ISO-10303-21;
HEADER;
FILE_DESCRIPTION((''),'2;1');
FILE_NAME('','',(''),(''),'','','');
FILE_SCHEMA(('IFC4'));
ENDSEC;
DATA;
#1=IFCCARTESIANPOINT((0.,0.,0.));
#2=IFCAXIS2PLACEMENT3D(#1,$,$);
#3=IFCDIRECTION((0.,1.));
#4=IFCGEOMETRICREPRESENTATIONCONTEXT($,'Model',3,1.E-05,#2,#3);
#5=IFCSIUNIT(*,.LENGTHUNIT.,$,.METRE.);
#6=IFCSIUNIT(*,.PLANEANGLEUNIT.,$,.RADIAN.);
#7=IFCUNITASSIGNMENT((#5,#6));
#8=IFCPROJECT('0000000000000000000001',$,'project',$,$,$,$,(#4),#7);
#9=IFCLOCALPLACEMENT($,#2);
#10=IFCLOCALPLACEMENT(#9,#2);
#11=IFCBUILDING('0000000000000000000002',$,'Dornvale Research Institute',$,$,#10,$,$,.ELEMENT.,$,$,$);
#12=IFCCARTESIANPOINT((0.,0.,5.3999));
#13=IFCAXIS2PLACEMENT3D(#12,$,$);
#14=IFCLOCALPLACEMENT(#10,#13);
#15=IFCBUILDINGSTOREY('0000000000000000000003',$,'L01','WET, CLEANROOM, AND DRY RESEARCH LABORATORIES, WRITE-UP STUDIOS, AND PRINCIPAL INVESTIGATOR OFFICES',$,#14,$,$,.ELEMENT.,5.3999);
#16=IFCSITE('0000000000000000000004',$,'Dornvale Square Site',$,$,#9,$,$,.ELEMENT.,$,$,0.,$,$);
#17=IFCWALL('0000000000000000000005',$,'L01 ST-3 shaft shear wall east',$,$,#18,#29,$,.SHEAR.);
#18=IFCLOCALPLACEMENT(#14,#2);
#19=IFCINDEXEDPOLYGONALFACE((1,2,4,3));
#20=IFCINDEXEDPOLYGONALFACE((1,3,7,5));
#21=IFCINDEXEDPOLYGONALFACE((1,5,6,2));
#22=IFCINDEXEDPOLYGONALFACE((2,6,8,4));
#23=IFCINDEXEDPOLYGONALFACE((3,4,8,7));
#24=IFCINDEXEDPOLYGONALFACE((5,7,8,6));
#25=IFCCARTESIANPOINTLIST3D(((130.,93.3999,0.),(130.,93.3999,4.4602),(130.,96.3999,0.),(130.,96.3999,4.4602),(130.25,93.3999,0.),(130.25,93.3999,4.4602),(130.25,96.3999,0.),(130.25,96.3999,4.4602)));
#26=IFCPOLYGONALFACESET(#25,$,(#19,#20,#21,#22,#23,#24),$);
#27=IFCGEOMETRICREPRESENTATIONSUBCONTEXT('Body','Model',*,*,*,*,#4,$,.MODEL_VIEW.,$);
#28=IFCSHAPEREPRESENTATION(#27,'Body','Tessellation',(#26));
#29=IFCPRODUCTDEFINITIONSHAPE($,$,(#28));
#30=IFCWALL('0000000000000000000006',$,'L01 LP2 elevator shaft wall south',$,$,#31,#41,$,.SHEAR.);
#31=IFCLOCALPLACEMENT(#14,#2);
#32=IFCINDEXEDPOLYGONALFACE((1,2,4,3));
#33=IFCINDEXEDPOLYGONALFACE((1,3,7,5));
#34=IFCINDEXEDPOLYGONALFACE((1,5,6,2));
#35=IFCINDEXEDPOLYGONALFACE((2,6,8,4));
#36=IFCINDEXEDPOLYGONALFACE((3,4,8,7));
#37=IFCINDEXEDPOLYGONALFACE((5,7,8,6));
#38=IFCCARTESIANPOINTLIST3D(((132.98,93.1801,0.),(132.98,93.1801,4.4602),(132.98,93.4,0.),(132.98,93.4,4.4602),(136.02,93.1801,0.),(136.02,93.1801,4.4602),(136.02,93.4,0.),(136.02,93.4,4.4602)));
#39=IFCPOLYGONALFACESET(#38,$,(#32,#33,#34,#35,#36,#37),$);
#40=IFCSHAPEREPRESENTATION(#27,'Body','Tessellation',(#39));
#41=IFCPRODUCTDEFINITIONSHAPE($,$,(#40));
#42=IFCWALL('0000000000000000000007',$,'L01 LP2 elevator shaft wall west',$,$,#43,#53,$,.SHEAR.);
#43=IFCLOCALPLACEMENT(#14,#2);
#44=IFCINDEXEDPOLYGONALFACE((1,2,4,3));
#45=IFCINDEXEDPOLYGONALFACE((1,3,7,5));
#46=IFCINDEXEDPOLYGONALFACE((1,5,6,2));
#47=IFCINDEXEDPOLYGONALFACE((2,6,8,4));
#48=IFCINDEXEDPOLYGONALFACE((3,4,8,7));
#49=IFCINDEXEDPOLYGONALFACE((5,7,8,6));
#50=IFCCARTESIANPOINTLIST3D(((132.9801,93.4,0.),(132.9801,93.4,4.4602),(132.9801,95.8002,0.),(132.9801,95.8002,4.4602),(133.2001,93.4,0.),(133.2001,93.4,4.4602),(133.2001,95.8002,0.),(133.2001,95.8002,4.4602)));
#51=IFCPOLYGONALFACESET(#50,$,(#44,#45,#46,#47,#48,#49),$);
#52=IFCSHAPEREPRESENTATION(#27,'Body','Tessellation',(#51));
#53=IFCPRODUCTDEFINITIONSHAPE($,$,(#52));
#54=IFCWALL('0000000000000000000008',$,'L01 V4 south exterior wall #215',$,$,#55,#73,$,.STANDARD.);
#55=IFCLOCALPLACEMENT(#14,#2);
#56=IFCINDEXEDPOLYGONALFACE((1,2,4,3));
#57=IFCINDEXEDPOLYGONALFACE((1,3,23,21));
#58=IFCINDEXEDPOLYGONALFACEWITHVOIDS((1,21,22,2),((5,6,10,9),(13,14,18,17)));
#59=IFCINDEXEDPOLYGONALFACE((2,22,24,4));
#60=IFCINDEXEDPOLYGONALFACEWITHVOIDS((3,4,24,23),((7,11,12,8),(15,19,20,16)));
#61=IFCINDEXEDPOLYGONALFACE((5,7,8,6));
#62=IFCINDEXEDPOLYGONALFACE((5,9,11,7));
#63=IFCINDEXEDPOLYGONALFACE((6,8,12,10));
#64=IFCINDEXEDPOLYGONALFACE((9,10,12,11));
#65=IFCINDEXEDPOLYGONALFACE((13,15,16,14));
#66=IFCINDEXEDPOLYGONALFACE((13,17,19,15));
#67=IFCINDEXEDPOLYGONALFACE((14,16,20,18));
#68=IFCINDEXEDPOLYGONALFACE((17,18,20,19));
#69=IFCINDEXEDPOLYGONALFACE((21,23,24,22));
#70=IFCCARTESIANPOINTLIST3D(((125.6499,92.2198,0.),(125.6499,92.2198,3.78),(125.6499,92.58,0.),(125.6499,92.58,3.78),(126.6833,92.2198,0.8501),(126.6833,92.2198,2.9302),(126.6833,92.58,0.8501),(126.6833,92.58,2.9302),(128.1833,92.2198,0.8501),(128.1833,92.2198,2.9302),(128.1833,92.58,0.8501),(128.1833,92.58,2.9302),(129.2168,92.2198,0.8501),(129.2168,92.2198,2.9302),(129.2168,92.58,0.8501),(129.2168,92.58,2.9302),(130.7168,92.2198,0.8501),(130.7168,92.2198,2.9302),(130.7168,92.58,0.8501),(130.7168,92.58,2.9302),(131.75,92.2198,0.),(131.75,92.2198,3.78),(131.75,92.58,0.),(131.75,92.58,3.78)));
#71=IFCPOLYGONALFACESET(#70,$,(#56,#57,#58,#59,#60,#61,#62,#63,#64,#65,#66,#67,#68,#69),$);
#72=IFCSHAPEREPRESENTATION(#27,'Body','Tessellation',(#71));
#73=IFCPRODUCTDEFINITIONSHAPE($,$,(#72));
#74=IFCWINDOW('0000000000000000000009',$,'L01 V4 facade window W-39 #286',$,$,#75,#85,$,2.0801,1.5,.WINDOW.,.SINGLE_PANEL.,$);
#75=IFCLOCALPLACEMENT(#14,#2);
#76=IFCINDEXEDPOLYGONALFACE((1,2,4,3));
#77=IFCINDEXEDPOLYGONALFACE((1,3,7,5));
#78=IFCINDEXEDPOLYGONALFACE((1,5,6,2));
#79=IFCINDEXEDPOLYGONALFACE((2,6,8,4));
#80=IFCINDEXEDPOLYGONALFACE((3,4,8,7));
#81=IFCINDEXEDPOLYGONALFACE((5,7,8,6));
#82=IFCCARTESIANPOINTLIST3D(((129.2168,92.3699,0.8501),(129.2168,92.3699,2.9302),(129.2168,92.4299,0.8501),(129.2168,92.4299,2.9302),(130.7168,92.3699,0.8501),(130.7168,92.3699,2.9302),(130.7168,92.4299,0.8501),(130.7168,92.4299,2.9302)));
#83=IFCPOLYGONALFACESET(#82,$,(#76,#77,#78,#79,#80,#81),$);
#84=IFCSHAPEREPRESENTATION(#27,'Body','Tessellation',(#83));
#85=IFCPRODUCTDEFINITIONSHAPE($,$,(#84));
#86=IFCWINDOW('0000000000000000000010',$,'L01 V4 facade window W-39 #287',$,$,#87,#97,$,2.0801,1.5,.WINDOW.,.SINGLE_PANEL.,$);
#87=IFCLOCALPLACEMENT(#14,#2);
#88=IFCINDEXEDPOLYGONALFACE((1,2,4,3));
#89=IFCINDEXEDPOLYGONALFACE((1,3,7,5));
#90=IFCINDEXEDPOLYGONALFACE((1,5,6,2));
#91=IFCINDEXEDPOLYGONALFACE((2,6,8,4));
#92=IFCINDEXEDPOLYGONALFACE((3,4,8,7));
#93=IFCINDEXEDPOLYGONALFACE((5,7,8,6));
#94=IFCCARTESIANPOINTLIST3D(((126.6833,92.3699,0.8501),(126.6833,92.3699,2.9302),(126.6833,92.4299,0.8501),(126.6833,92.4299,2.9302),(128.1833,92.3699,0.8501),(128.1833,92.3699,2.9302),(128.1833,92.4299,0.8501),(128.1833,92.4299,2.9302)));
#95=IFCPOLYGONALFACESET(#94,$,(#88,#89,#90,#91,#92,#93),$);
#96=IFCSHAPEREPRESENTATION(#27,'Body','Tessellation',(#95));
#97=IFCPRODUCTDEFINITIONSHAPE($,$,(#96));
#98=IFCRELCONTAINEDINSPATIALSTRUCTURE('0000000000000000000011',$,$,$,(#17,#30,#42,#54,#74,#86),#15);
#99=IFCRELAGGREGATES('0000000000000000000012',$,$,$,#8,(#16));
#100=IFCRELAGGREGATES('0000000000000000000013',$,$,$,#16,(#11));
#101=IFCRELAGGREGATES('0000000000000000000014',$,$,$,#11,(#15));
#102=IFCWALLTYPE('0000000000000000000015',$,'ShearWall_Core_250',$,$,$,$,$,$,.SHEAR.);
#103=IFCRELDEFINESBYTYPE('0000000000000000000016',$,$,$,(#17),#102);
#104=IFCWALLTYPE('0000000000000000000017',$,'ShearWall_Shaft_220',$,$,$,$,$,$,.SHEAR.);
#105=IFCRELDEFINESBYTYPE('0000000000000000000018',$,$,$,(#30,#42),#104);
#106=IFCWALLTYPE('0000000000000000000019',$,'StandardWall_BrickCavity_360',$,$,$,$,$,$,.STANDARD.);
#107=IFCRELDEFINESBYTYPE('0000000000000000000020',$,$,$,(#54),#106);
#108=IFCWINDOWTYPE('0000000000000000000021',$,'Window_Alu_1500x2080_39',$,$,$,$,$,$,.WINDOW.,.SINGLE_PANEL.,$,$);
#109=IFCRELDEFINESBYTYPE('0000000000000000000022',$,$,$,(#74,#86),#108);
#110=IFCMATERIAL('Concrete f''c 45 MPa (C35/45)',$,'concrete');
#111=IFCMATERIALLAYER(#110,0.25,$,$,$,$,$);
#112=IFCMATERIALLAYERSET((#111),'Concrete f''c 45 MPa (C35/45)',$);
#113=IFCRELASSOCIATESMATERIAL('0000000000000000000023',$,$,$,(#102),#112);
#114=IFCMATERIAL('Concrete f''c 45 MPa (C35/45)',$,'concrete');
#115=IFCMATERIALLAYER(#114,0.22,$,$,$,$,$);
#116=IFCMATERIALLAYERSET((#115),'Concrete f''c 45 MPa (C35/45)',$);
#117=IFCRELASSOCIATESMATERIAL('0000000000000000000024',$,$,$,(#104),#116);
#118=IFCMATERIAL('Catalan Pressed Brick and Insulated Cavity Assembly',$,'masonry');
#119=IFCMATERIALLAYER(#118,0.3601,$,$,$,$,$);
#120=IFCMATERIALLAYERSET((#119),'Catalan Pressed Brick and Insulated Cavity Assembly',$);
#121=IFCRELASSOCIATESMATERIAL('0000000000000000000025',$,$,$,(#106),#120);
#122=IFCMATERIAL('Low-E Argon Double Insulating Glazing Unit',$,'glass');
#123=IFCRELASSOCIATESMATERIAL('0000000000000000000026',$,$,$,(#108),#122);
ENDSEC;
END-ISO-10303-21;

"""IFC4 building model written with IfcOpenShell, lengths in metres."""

from ifc_helpers import new_model, si_unit, direction, frame, frame_2d, origin, place, context, subcontext, project, spatial, rectangle, extrude, material, layer, layer_set, type_object, element, fill, save


model = new_model("IFC4")

# Units and contexts
model_context = context("Model", 3, precision=1e-05, world=origin(), true_north=direction((0.0, 1.0)))
body_context = subcontext(model_context, "Body", "Model", "MODEL_VIEW")
ifc_project = project(units=[si_unit("LENGTHUNIT", "METRE"), si_unit("PLANEANGLEUNIT", "RADIAN")], contexts=[model_context])

# Site, building, storey
site_placement = place(None, origin())
site = spatial("IfcSite", under=ifc_project, at=site_placement, Name="Dornvale Square Site", CompositionType="ELEMENT", RefElevation=0.0)
building_placement = place(site_placement, origin())
building = spatial("IfcBuilding", under=site, at=building_placement, Name="Dornvale Research Institute", CompositionType="ELEMENT")
storey_placement = place(building_placement, frame((0.0, 0.0, 5.3999)))
storey = spatial("IfcBuildingStorey", under=building, at=storey_placement, Name="L01", Description="WET, CLEANROOM, AND DRY RESEARCH LABORATORIES, WRITE-UP STUDIOS, AND PRINCIPAL INVESTIGATOR OFFICES", CompositionType="ELEMENT", Elevation=5.3999)

# Walls
ifc_material_1 = material(Name="Concrete f'c 45 MPa (C35/45)", Category="concrete")
ifc_layer_1 = layer(ifc_material_1, 0.25)
ifc_layer_set_1 = layer_set([ifc_layer_1], Name="Concrete f'c 45 MPa (C35/45)")
wall_type_1 = type_object("IfcWallType", Name="ShearWall_Core_250", PredefinedType="SHEAR", material=ifc_layer_set_1)
wall_1_placement = place(storey_placement, frame((130.125, 93.3999, 0.0), z_axis=(0.0, 0.0, 1.0), x_axis=(0.0, 1.0, 0.0)))
element("IfcWall", 1, at=wall_1_placement, inside=storey, type_object=wall_type_1, Name="L01 ST-3 shaft shear wall east", PredefinedType="SHEAR", context=body_context, shape_type="SweptSolid", body=[
    extrude(rectangle(XDim=3.0, YDim=0.25, at=frame_2d((1.5, 0.0))), origin(), (0.0, 0.0, 1.0), 4.4602),
])
ifc_material_2 = material(Name="Concrete f'c 45 MPa (C35/45)", Category="concrete")
ifc_layer_2 = layer(ifc_material_2, 0.22)
ifc_layer_set_2 = layer_set([ifc_layer_2], Name="Concrete f'c 45 MPa (C35/45)")
wall_type_2 = type_object("IfcWallType", Name="ShearWall_Shaft_220", PredefinedType="SHEAR", material=ifc_layer_set_2)
wall_2_placement = place(storey_placement, frame((132.98, 93.29, 0.0), z_axis=(0.0, 0.0, 1.0), x_axis=(1.0, 0.0, 0.0)))
element("IfcWall", 2, at=wall_2_placement, inside=storey, type_object=wall_type_2, Name="L01 LP2 elevator shaft wall south", PredefinedType="SHEAR", context=body_context, shape_type="SweptSolid", body=[
    extrude(rectangle(XDim=3.04, YDim=0.22, at=frame_2d((1.52, 0.0))), origin(), (0.0, 0.0, 1.0), 4.4602),
])
wall_3_placement = place(storey_placement, frame((133.0901, 93.3999, 0.0), z_axis=(0.0, 0.0, 1.0), x_axis=(0.0, 1.0, 0.0)))
element("IfcWall", 3, at=wall_3_placement, inside=storey, type_object=wall_type_2, Name="L01 LP2 elevator shaft wall west", PredefinedType="SHEAR", context=body_context, shape_type="SweptSolid", body=[
    extrude(rectangle(XDim=2.4001, YDim=0.22, at=frame_2d((1.2002, 0.0))), origin(), (0.0, 0.0, 1.0), 4.4602),
])

# Wall, openings, windows
ifc_material_3 = material(Name="Catalan Pressed Brick and Insulated Cavity Assembly", Category="masonry")
ifc_layer_3 = layer(ifc_material_3, 0.3601)
ifc_layer_set_3 = layer_set([ifc_layer_3], Name="Catalan Pressed Brick and Insulated Cavity Assembly")
wall_type_3 = type_object("IfcWallType", Name="StandardWall_BrickCavity_360", PredefinedType="STANDARD", material=ifc_layer_set_3)
wall_4_placement = place(storey_placement, frame((131.75, 92.3999, 0.0), z_axis=(0.0, 0.0, 1.0), x_axis=(-1.0, 0.0, 0.0)))
wall_4 = element("IfcWall", 4, at=wall_4_placement, inside=storey, type_object=wall_type_3, Name="L01 V4 south exterior wall #215", PredefinedType="STANDARD", context=body_context, shape_type="SweptSolid", body=[
    extrude(rectangle(XDim=6.1001, YDim=0.3601, at=frame_2d((3.05, 0.0))), origin(), (0.0, 0.0, 1.0), 3.78),
])
opening_1_placement = place(wall_4_placement, frame((1.0332, 0.0, 0.8501)))
opening_1 = element("IfcOpeningElement", 5, at=opening_1_placement, cuts=wall_4, PredefinedType="OPENING", context=body_context, shape_type="SweptSolid", body=[
    extrude(rectangle(XDim=1.5, YDim=2.0801, at=frame_2d((0.75, 1.04))), frame((0.0, 0.1951, 0.0), z_axis=(0.0, -1.0, 0.0), x_axis=(1.0, 0.0, 0.0)), (0.0, 0.0, 1.0), 0.3901),
])
opening_2_placement = place(wall_4_placement, frame((3.5667, 0.0, 0.8501)))
opening_2 = element("IfcOpeningElement", 6, at=opening_2_placement, cuts=wall_4, PredefinedType="OPENING", context=body_context, shape_type="SweptSolid", body=[
    extrude(rectangle(XDim=1.5, YDim=2.0801, at=frame_2d((0.75, 1.04))), frame((0.0, 0.1951, 0.0), z_axis=(0.0, -1.0, 0.0), x_axis=(1.0, 0.0, 0.0)), (0.0, 0.0, 1.0), 0.3901),
])
ifc_material_4 = material(Name="Low-E Argon Double Insulating Glazing Unit", Category="glass")
window_type = type_object("IfcWindowType", Name="Window_Alu_1500x2080_39", PartitioningType="SINGLE_PANEL", PredefinedType="WINDOW", material=ifc_material_4)
window_1_placement = place(opening_1_placement, origin())
window_1 = element("IfcWindow", 7, at=window_1_placement, inside=storey, type_object=window_type, Name="L01 V4 facade window W-39 #286", OverallHeight=2.0801, OverallWidth=1.5, PartitioningType="SINGLE_PANEL", PredefinedType="WINDOW", context=body_context, shape_type="SweptSolid", body=[
    extrude(rectangle(XDim=1.5, YDim=2.0801, at=frame_2d((0.75, 1.04))), frame((0.0, 0.03, 0.0), z_axis=(0.0, -1.0, 0.0), x_axis=(1.0, 0.0, 0.0)), (0.0, 0.0, 1.0), 0.0601),
])
fill(opening_1, window_1)
window_2_placement = place(opening_2_placement, origin())
window_2 = element("IfcWindow", 8, at=window_2_placement, inside=storey, type_object=window_type, Name="L01 V4 facade window W-39 #287", OverallHeight=2.0801, OverallWidth=1.5, PartitioningType="SINGLE_PANEL", PredefinedType="WINDOW", context=body_context, shape_type="SweptSolid", body=[
    extrude(rectangle(XDim=1.5, YDim=2.0801, at=frame_2d((0.75, 1.04))), frame((0.0, 0.03, 0.0), z_axis=(0.0, -1.0, 0.0), x_axis=(1.0, 0.0, 0.0)), (0.0, 0.0, 1.0), 0.0601),
])
fill(opening_2, window_2)

save(model, "model.ifc")
